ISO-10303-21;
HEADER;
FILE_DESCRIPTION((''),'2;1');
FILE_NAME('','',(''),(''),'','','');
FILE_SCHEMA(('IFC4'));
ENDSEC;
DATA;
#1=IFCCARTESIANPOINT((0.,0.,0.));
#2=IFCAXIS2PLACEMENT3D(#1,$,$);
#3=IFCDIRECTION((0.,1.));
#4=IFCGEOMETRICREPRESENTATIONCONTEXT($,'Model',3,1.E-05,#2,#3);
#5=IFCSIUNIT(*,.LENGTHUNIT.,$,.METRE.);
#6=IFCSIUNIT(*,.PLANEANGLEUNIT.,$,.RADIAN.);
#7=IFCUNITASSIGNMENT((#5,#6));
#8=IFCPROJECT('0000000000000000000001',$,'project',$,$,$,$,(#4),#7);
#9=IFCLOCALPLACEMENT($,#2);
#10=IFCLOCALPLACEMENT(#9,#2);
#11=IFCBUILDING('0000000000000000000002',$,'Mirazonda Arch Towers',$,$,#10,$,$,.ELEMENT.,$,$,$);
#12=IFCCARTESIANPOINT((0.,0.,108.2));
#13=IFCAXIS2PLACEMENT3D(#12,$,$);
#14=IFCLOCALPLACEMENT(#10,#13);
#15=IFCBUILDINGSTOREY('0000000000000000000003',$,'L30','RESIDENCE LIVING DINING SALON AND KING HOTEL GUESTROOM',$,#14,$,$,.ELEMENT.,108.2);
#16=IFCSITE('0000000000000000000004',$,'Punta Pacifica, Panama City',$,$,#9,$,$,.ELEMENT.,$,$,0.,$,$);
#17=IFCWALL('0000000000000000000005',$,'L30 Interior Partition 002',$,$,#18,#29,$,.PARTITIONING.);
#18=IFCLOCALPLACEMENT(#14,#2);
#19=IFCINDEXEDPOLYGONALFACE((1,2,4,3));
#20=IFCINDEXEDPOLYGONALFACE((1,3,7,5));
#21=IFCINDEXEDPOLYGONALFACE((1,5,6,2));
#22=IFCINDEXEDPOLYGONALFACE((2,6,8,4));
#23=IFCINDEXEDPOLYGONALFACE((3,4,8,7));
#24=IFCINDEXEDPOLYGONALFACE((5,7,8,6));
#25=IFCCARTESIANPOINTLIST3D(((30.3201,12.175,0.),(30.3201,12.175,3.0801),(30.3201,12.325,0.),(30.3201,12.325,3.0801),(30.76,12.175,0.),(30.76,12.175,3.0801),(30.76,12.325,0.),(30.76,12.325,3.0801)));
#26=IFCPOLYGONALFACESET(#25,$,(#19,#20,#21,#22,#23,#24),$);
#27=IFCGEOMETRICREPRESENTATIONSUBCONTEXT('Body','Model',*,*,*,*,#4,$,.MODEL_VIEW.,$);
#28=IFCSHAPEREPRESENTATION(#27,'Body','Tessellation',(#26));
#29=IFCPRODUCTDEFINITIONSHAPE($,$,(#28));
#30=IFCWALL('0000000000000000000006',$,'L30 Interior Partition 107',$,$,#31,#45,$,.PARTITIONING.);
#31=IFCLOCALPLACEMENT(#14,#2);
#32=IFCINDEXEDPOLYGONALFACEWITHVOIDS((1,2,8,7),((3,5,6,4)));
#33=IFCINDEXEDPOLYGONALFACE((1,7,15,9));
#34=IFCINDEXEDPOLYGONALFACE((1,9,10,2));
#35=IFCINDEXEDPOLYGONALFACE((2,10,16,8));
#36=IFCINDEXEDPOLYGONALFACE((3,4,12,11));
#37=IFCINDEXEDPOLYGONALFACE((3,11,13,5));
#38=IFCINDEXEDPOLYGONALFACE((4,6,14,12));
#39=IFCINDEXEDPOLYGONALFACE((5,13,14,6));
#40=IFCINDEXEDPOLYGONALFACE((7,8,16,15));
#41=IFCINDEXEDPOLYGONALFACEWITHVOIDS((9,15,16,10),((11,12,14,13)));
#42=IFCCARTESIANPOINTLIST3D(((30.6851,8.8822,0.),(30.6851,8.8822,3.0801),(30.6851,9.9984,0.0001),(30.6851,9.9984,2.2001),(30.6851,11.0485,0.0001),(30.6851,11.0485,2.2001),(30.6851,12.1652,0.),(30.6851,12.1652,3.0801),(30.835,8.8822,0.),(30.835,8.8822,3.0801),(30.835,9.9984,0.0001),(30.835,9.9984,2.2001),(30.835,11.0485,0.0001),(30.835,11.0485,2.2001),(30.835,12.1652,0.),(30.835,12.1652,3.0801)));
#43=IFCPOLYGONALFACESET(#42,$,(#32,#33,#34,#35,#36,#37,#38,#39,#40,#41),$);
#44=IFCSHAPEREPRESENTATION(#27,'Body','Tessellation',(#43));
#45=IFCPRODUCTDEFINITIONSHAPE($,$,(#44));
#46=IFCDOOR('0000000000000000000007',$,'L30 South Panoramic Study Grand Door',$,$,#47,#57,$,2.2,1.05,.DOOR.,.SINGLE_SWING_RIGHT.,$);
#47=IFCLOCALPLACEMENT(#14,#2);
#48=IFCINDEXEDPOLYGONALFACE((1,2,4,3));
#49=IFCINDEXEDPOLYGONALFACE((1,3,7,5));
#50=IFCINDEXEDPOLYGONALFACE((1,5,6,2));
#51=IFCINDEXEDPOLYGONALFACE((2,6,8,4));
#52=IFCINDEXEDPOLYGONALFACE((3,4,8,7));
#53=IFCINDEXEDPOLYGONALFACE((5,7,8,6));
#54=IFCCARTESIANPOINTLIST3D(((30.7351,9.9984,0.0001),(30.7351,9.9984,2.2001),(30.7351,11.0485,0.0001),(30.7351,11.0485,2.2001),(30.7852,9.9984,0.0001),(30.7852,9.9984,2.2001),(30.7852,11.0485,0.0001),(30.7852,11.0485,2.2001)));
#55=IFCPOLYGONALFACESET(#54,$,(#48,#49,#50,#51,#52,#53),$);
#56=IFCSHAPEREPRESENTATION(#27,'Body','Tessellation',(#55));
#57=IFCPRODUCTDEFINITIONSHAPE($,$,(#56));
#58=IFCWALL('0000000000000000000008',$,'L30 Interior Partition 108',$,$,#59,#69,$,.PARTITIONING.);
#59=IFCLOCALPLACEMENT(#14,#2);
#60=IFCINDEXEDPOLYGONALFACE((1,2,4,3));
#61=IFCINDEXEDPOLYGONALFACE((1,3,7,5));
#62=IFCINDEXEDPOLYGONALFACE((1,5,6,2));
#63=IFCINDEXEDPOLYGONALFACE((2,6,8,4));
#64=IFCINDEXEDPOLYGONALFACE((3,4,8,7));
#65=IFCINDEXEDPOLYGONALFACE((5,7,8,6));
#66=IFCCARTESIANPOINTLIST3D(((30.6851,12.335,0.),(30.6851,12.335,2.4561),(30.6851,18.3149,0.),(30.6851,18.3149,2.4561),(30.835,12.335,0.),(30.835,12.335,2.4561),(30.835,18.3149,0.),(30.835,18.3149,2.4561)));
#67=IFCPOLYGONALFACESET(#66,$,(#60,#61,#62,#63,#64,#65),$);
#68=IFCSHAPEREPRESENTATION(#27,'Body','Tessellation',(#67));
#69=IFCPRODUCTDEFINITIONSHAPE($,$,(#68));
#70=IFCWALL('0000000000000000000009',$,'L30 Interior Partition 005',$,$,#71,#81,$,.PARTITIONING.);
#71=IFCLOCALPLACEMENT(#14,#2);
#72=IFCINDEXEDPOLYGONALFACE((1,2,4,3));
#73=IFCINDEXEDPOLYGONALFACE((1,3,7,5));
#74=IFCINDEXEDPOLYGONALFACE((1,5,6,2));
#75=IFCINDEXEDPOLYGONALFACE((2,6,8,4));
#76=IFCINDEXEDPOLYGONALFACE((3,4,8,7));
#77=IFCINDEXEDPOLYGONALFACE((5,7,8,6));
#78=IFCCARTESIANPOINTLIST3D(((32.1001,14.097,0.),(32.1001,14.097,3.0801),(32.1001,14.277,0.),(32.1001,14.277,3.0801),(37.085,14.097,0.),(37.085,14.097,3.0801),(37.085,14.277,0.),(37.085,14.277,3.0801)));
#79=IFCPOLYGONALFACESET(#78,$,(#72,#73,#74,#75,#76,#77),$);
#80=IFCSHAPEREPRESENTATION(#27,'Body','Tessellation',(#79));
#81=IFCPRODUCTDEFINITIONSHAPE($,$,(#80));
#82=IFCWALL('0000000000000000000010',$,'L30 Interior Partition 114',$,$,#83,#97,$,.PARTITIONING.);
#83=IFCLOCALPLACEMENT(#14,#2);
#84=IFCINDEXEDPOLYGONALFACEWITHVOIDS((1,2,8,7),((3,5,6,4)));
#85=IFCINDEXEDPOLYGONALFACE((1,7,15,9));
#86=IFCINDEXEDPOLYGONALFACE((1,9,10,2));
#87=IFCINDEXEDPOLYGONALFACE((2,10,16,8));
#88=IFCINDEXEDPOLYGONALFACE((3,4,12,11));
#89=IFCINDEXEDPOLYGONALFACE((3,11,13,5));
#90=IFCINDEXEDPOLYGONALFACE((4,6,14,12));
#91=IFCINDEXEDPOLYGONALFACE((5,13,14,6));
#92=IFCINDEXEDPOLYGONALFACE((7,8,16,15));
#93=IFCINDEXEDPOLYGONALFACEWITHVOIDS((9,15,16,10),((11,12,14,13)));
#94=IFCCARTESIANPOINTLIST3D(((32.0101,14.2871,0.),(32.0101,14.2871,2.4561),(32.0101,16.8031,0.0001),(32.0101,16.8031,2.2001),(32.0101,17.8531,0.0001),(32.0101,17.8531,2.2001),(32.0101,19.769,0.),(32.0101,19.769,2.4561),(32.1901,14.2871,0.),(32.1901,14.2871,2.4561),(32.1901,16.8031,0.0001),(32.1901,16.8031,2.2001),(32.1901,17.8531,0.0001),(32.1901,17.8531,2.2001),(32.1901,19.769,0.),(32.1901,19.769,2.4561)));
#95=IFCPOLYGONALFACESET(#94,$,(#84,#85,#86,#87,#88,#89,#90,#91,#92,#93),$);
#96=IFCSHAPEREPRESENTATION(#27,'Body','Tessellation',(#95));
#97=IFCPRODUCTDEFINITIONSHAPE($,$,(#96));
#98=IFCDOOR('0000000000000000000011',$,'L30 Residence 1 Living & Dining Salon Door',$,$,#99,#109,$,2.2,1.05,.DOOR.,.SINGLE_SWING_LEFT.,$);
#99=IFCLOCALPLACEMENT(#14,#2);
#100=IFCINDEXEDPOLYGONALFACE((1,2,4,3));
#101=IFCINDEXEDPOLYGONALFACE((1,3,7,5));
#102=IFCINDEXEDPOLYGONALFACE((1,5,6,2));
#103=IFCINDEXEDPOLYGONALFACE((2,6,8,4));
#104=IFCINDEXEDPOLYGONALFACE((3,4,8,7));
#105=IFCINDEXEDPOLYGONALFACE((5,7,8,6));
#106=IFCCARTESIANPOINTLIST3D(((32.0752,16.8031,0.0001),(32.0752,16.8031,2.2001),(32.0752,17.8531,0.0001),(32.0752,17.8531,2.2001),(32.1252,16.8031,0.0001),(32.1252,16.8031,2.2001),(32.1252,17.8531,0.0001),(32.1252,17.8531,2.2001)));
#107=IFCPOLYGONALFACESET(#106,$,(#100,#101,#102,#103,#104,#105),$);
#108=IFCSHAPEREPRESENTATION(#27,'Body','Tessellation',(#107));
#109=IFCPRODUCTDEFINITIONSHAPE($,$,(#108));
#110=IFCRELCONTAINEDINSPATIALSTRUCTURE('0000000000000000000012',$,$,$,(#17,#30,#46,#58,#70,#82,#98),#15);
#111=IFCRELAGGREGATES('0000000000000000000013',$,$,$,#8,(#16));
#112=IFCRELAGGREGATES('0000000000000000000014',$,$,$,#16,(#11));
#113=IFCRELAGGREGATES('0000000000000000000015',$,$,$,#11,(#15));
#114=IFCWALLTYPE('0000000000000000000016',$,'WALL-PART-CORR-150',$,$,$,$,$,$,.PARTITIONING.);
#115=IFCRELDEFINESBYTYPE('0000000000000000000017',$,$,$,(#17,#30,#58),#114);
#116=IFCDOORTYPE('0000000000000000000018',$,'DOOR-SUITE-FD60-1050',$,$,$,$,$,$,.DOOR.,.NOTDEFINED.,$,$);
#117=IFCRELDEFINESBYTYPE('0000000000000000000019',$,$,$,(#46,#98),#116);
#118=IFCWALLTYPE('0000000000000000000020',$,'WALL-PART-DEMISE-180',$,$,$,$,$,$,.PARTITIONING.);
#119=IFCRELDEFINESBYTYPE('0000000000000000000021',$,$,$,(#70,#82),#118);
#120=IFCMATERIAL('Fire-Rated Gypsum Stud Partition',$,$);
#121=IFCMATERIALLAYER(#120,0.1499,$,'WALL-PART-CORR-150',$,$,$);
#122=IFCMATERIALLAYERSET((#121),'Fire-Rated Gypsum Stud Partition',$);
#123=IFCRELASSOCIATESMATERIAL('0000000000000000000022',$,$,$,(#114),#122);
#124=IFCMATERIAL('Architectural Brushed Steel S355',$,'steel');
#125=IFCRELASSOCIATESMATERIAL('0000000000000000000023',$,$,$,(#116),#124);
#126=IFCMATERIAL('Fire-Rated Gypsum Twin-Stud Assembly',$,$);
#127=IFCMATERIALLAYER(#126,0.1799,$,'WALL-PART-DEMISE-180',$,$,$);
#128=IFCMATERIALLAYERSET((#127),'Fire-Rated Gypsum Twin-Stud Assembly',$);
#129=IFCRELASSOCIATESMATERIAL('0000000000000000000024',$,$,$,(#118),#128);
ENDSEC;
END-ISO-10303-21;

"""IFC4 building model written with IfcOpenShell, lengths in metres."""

from ifc_helpers import new_model, si_unit, direction, frame, frame_2d, origin, place, context, subcontext, project, spatial, rectangle, extrude, material, layer, layer_set, type_object, element, fill, save


model = new_model("IFC4")

# Units and contexts
model_context = context("Model", 3, precision=1e-05, world=origin(), true_north=direction((0.0, 1.0)))
body_context = subcontext(model_context, "Body", "Model", "MODEL_VIEW")
ifc_project = project(units=[si_unit("LENGTHUNIT", "METRE"), si_unit("PLANEANGLEUNIT", "RADIAN")], contexts=[model_context])

# Site, building, storey
site_placement = place(None, origin())
site = spatial("IfcSite", under=ifc_project, at=site_placement, Name="Punta Pacifica, Panama City", CompositionType="ELEMENT", RefElevation=0.0)
building_placement = place(site_placement, origin())
building = spatial("IfcBuilding", under=site, at=building_placement, Name="Mirazonda Arch Towers", CompositionType="ELEMENT")
storey_placement = place(building_placement, frame((0.0, 0.0, 108.2)))
storey = spatial("IfcBuildingStorey", under=building, at=storey_placement, Name="L30", Description="RESIDENCE LIVING DINING SALON AND KING HOTEL GUESTROOM", CompositionType="ELEMENT", Elevation=108.2)

# Wall
ifc_material_1 = material(Name="Fire-Rated Gypsum Stud Partition")
ifc_layer_1 = layer(ifc_material_1, 0.1499, Name="WALL-PART-CORR-150")
ifc_layer_set_1 = layer_set([ifc_layer_1], Name="Fire-Rated Gypsum Stud Partition")
wall_type_1 = type_object("IfcWallType", Name="WALL-PART-CORR-150", PredefinedType="PARTITIONING", material=ifc_layer_set_1)
wall_1_placement = place(storey_placement, frame((30.3201, 12.25, 0.0), z_axis=(0.0, 0.0, 1.0), x_axis=(1.0, 0.0, 0.0)))
element("IfcWall", 1, at=wall_1_placement, inside=storey, type_object=wall_type_1, Name="L30 Interior Partition 002", PredefinedType="PARTITIONING", context=body_context, shape_type="SweptSolid", body=[
    extrude(rectangle(XDim=0.4399, YDim=0.1499, at=frame_2d((0.22, 0.0))), origin(), (0.0, 0.0, 1.0), 3.0801),
])

# Wall, opening, door
wall_2_placement = place(storey_placement, frame((30.76, 8.8821, 0.0), z_axis=(0.0, 0.0, 1.0), x_axis=(0.0, 1.0, 0.0)))
wall_2 = element("IfcWall", 2, at=wall_2_placement, inside=storey, type_object=wall_type_1, Name="L30 Interior Partition 107", PredefinedType="PARTITIONING", context=body_context, shape_type="SweptSolid", body=[
    extrude(rectangle(XDim=3.283, YDim=0.1499, at=frame_2d((1.6416, 0.0))), origin(), (0.0, 0.0, 1.0), 3.0801),
])
opening_1_placement = place(wall_2_placement, frame((1.1165, 0.0, 0.0)))
opening_1 = element("IfcOpeningElement", 3, at=opening_1_placement, cuts=wall_2, PredefinedType="OPENING", context=body_context, shape_type="SweptSolid", body=[
    extrude(rectangle(XDim=1.05, YDim=2.2, at=frame_2d((0.5249, 1.1001))), frame((0.0, 0.085, 0.0), z_axis=(0.0, -1.0, 0.0), x_axis=(1.0, 0.0, 0.0)), (0.0, 0.0, 1.0), 0.1699),
])
ifc_material_2 = material(Name="Architectural Brushed Steel S355", Category="steel")
door_type_1 = type_object("IfcDoorType", Name="DOOR-SUITE-FD60-1050", OperationType="NOTDEFINED", PredefinedType="DOOR", material=ifc_material_2)
door_1_placement = place(opening_1_placement, origin())
door_1 = element("IfcDoor", 4, at=door_1_placement, inside=storey, type_object=door_type_1, Name="L30 South Panoramic Study Grand Door", OperationType="SINGLE_SWING_RIGHT", OverallHeight=2.2, OverallWidth=1.05, PredefinedType="DOOR", context=body_context, shape_type="SweptSolid", body=[
    extrude(rectangle(XDim=1.05, YDim=2.2, at=frame_2d((0.5249, 1.1001))), frame((0.0, 0.0249, 0.0), z_axis=(0.0, -1.0, 0.0), x_axis=(1.0, 0.0, 0.0)), (0.0, 0.0, 1.0), 0.05),
])
fill(opening_1, door_1)

# Walls
wall_3_placement = place(storey_placement, frame((30.76, 12.335, 0.0), z_axis=(0.0, 0.0, 1.0), x_axis=(0.0, 1.0, 0.0)))
element("IfcWall", 5, at=wall_3_placement, inside=storey, type_object=wall_type_1, Name="L30 Interior Partition 108", PredefinedType="PARTITIONING", context=body_context, shape_type="SweptSolid", body=[
    extrude(rectangle(XDim=5.98, YDim=0.1499, at=frame_2d((2.99, 0.0))), origin(), (0.0, 0.0, 1.0), 2.4561),
])
ifc_material_3 = material(Name="Fire-Rated Gypsum Twin-Stud Assembly")
ifc_layer_2 = layer(ifc_material_3, 0.1799, Name="WALL-PART-DEMISE-180")
ifc_layer_set_2 = layer_set([ifc_layer_2], Name="Fire-Rated Gypsum Twin-Stud Assembly")
wall_type_2 = type_object("IfcWallType", Name="WALL-PART-DEMISE-180", PredefinedType="PARTITIONING", material=ifc_layer_set_2)
wall_4_placement = place(storey_placement, frame((32.1001, 14.187, 0.0), z_axis=(0.0, 0.0, 1.0), x_axis=(1.0, 0.0, 0.0)))
element("IfcWall", 6, at=wall_4_placement, inside=storey, type_object=wall_type_2, Name="L30 Interior Partition 005", PredefinedType="PARTITIONING", context=body_context, shape_type="SweptSolid", body=[
    extrude(rectangle(XDim=4.9849, YDim=0.1799, at=frame_2d((2.4924, 0.0))), origin(), (0.0, 0.0, 1.0), 3.0801),
])

# Wall, opening, door
wall_5_placement = place(storey_placement, frame((32.1001, 14.2871, 0.0), z_axis=(0.0, 0.0, 1.0), x_axis=(0.0, 1.0, 0.0)))
wall_5 = element("IfcWall", 7, at=wall_5_placement, inside=storey, type_object=wall_type_2, Name="L30 Interior Partition 114", PredefinedType="PARTITIONING", context=body_context, shape_type="SweptSolid", body=[
    extrude(rectangle(XDim=5.4819, YDim=0.1799, at=frame_2d((2.741, 0.0))), origin(), (0.0, 0.0, 1.0), 2.4561),
])
opening_2_placement = place(wall_5_placement, frame((2.5161, 0.0, 0.0)))
opening_2 = element("IfcOpeningElement", 8, at=opening_2_placement, cuts=wall_5, PredefinedType="OPENING", context=body_context, shape_type="SweptSolid", body=[
    extrude(rectangle(XDim=1.05, YDim=2.2, at=frame_2d((0.5249, 1.1001))), frame((0.0, 0.0999, 0.0), z_axis=(0.0, -1.0, 0.0), x_axis=(1.0, 0.0, 0.0)), (0.0, 0.0, 1.0), 0.2),
])
door_2_placement = place(opening_2_placement, origin())
door_2 = element("IfcDoor", 9, at=door_2_placement, inside=storey, type_object=door_type_1, Name="L30 Residence 1 Living & Dining Salon Door", OperationType="SINGLE_SWING_LEFT", OverallHeight=2.2, OverallWidth=1.05, PredefinedType="DOOR", context=body_context, shape_type="SweptSolid", body=[
    extrude(rectangle(XDim=1.05, YDim=2.2, at=frame_2d((0.5249, 1.1001))), frame((0.0, 0.0249, 0.0), z_axis=(0.0, -1.0, 0.0), x_axis=(1.0, 0.0, 0.0)), (0.0, 0.0, 1.0), 0.05),
])
fill(opening_2, door_2)

save(model, "model.ifc")
